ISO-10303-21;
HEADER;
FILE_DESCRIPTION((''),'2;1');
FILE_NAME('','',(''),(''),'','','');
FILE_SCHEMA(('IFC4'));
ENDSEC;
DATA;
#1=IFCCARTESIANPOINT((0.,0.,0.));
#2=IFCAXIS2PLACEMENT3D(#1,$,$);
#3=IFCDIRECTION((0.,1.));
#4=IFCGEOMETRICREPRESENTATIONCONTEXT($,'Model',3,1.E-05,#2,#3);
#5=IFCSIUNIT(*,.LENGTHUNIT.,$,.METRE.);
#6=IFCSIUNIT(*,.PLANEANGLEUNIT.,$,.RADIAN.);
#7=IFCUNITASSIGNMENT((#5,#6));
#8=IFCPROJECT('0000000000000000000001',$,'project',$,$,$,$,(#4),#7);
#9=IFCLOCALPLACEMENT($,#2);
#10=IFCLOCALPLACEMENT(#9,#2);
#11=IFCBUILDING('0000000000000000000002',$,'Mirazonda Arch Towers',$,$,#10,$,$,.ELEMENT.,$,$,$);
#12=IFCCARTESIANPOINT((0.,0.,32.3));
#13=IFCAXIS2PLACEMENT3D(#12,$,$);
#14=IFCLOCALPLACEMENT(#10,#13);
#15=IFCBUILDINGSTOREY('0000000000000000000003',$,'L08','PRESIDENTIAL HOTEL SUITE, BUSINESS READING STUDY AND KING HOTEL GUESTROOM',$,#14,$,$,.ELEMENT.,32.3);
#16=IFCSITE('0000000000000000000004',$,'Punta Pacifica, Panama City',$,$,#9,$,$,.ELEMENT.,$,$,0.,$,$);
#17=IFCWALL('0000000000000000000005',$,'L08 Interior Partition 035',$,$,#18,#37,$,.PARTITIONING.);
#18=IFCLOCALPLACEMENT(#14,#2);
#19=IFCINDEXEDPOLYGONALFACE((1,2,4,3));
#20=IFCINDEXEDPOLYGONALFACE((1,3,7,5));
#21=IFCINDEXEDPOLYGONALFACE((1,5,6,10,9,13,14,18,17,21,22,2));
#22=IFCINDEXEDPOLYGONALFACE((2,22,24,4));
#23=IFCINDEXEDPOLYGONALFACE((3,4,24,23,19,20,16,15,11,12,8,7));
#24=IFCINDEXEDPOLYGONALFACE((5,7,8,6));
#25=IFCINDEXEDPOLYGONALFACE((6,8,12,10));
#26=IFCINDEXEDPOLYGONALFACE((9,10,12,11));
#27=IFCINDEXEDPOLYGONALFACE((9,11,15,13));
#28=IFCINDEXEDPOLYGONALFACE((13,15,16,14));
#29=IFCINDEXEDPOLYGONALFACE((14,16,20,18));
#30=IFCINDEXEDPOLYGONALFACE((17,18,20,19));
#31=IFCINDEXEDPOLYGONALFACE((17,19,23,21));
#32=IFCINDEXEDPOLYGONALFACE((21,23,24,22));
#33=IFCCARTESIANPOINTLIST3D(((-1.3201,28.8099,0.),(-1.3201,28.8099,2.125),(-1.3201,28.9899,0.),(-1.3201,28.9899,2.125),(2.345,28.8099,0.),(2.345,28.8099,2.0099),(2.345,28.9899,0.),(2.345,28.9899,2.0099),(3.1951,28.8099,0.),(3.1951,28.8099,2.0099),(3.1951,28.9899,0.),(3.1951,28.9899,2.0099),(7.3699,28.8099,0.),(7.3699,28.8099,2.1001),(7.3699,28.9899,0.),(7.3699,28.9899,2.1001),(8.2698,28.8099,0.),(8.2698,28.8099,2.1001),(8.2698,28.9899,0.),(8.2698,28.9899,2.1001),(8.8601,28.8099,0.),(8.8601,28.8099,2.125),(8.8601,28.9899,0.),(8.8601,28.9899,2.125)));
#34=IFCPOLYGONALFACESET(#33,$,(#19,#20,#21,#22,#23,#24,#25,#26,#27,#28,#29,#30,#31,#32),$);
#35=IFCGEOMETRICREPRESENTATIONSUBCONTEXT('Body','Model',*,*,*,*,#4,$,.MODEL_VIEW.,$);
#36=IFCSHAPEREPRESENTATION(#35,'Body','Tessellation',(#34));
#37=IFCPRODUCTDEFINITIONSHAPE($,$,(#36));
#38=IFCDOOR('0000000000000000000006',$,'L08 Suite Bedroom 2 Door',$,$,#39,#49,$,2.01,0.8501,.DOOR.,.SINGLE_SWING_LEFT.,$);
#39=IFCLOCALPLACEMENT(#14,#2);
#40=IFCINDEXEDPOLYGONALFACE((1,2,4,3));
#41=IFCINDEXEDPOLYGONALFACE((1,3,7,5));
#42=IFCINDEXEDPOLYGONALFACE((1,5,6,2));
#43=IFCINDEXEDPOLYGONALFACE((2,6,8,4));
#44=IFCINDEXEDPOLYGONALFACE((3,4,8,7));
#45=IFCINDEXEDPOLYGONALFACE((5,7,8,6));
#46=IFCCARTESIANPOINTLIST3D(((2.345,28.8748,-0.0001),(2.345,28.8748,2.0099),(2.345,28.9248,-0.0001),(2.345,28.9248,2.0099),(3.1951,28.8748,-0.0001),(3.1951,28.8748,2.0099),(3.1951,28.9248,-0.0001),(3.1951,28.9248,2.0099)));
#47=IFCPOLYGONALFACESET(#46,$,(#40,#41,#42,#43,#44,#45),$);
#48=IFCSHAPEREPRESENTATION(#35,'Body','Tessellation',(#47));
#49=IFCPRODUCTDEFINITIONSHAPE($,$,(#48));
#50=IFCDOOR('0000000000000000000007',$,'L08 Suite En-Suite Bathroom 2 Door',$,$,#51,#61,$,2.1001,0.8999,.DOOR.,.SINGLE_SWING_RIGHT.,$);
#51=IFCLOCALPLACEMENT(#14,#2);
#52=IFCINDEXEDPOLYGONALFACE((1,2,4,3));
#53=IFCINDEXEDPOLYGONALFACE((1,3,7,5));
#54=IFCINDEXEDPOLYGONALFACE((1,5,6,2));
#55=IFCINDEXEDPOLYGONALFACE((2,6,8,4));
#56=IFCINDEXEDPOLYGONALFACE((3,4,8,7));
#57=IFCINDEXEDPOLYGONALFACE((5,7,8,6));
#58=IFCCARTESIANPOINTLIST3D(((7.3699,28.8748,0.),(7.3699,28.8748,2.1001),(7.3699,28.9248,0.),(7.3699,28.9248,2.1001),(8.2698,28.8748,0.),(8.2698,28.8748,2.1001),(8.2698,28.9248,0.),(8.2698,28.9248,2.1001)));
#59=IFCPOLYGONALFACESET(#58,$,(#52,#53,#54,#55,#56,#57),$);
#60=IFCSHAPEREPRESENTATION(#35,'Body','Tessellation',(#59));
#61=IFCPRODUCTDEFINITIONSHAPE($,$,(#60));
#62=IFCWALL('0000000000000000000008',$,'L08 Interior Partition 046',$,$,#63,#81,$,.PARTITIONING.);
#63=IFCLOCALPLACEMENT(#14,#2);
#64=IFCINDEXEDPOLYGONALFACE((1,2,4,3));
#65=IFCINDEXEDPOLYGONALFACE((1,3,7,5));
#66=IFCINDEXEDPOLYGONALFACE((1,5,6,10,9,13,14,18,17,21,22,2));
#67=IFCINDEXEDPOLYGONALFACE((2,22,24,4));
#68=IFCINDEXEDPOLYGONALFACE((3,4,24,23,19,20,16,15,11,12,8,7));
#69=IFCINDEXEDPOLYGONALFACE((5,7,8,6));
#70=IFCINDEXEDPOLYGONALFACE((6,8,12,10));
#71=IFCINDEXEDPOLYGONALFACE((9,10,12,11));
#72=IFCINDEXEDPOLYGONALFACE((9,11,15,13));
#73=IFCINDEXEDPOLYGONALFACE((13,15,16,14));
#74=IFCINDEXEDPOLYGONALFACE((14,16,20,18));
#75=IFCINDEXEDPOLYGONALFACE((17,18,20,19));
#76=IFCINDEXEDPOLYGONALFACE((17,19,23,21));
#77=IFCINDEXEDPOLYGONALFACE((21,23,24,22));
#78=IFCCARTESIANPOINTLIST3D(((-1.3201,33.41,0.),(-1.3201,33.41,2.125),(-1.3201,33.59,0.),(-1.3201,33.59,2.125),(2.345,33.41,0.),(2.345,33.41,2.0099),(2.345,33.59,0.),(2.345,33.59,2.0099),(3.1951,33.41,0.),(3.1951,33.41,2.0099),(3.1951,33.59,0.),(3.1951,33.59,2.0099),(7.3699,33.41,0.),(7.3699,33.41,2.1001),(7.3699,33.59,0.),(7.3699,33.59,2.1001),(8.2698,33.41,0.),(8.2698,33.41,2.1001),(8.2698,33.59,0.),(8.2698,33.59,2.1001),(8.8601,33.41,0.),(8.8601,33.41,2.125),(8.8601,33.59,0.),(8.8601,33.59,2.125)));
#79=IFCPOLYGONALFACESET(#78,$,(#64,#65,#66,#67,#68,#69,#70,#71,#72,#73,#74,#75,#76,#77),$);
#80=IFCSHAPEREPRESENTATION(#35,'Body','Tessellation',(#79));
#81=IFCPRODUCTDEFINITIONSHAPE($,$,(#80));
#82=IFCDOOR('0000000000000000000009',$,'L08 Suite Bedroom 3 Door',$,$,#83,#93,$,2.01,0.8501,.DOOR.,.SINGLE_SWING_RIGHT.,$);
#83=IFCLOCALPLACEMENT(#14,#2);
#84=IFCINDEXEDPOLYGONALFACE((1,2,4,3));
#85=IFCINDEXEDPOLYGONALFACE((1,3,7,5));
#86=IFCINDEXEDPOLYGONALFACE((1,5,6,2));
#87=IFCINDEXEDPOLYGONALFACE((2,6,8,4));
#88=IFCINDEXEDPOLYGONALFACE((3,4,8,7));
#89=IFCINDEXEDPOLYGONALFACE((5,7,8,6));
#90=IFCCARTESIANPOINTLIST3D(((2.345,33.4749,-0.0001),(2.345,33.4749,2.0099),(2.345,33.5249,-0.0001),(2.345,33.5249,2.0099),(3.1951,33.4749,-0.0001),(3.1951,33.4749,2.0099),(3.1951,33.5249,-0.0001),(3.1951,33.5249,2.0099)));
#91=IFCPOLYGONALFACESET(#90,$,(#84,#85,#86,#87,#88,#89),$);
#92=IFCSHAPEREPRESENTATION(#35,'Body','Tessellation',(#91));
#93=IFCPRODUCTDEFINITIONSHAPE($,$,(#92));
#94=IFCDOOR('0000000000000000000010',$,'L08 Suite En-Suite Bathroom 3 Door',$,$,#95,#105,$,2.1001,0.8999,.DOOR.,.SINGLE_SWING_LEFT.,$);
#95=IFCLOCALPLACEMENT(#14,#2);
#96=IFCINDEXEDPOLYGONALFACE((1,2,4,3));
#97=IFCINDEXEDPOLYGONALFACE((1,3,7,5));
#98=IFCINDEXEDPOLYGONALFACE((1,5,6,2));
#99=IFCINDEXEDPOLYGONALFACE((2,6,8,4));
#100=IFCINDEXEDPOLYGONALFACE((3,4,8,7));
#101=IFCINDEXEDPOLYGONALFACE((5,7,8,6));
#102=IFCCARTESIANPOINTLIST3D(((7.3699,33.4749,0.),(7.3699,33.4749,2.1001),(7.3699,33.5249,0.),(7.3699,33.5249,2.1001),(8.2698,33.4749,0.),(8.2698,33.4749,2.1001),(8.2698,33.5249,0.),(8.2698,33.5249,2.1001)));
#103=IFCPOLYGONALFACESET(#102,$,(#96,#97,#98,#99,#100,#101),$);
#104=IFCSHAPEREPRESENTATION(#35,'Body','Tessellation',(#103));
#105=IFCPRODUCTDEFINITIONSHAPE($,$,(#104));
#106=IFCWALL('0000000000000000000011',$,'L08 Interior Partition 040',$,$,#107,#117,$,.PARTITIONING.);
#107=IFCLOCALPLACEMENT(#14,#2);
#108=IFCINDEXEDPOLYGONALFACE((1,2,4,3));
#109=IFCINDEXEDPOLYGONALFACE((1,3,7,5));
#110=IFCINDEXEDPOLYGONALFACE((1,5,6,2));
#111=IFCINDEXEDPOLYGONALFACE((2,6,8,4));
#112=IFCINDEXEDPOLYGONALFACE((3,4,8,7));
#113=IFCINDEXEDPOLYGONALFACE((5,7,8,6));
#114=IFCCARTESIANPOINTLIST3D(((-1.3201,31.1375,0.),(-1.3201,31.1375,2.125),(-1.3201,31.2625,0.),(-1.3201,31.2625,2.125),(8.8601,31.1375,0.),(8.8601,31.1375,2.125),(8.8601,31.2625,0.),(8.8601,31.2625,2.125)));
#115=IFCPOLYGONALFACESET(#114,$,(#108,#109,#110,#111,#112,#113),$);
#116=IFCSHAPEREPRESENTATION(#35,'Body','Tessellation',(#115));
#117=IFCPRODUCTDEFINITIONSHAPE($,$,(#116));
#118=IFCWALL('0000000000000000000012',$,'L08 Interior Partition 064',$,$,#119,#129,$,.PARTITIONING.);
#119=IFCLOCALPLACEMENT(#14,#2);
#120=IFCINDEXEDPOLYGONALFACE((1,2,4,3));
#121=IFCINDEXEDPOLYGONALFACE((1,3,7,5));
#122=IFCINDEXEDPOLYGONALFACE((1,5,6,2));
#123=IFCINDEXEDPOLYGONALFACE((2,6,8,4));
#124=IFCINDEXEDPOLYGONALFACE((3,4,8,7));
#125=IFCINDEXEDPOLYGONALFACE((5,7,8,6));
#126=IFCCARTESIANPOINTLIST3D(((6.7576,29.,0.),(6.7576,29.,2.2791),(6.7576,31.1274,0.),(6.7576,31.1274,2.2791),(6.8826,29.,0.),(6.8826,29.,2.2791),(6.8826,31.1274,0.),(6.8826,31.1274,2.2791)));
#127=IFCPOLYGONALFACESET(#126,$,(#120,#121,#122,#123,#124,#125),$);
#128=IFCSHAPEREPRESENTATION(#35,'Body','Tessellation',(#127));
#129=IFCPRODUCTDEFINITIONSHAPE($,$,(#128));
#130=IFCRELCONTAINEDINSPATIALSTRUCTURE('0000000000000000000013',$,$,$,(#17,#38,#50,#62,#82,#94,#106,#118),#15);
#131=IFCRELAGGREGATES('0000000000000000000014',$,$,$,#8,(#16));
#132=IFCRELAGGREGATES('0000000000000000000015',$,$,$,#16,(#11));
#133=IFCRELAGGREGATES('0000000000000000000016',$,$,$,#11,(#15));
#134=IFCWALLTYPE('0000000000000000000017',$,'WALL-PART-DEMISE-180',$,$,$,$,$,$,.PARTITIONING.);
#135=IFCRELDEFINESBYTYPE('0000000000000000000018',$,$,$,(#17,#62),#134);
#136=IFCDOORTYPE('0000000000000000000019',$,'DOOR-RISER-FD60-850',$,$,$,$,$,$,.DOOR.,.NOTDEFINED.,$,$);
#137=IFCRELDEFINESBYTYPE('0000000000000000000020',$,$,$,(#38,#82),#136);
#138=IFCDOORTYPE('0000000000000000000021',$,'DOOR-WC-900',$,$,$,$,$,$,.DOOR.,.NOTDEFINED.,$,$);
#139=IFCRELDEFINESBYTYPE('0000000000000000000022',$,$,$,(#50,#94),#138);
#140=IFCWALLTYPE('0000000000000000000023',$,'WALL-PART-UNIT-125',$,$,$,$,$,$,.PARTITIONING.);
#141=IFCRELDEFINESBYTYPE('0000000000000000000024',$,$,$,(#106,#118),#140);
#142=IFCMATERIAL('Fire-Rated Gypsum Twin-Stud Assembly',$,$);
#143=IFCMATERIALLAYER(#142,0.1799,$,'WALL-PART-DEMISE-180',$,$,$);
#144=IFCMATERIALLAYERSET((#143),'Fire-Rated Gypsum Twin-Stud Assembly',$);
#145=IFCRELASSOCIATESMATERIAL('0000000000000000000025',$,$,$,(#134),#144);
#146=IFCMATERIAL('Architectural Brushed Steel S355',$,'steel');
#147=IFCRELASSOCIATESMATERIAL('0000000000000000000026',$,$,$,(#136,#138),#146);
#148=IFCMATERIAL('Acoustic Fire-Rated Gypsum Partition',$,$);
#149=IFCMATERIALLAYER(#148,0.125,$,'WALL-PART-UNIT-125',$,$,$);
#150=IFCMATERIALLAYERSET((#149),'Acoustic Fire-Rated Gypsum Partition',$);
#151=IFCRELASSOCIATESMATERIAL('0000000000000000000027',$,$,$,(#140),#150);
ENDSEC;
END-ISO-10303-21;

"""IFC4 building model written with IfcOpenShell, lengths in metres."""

from ifc_helpers import new_model, si_unit, direction, frame, frame_2d, origin, place, context, subcontext, project, spatial, rectangle, extrude, material, layer, layer_set, type_object, element, fill, save


model = new_model("IFC4")

# Units and contexts
model_context = context("Model", 3, precision=1e-05, world=origin(), true_north=direction((0.0, 1.0)))
body_context = subcontext(model_context, "Body", "Model", "MODEL_VIEW")
ifc_project = project(units=[si_unit("LENGTHUNIT", "METRE"), si_unit("PLANEANGLEUNIT", "RADIAN")], contexts=[model_context])

# Site, building, storey
site_placement = place(None, origin())
site = spatial("IfcSite", under=ifc_project, at=site_placement, Name="Punta Pacifica, Panama City", CompositionType="ELEMENT", RefElevation=0.0)
building_placement = place(site_placement, origin())
building = spatial("IfcBuilding", under=site, at=building_placement, Name="Mirazonda Arch Towers", CompositionType="ELEMENT")
storey_placement = place(building_placement, frame((0.0, 0.0, 32.3)))
storey = spatial("IfcBuildingStorey", under=building, at=storey_placement, Name="L08", Description="PRESIDENTIAL HOTEL SUITE, BUSINESS READING STUDY AND KING HOTEL GUESTROOM", CompositionType="ELEMENT", Elevation=32.3)

# Walls, openings, doors
ifc_material_1 = material(Name="Fire-Rated Gypsum Twin-Stud Assembly")
ifc_layer_1 = layer(ifc_material_1, 0.1799, Name="WALL-PART-DEMISE-180")
ifc_layer_set_1 = layer_set([ifc_layer_1], Name="Fire-Rated Gypsum Twin-Stud Assembly")
wall_type_1 = type_object("IfcWallType", Name="WALL-PART-DEMISE-180", PredefinedType="PARTITIONING", material=ifc_layer_set_1)
wall_1_placement = place(storey_placement, frame((-1.3201, 28.8999, 0.0), z_axis=(0.0, 0.0, 1.0), x_axis=(1.0, 0.0, 0.0)))
wall_1 = element("IfcWall", 1, at=wall_1_placement, inside=storey, type_object=wall_type_1, Name="L08 Interior Partition 035", PredefinedType="PARTITIONING", context=body_context, shape_type="SweptSolid", body=[
    extrude(rectangle(XDim=10.1802, YDim=0.1799, at=frame_2d((5.0901, 0.0))), origin(), (0.0, 0.0, 1.0), 2.125),
])
opening_1_placement = place(wall_1_placement, frame((3.665, 0.0, 0.0)))
opening_1 = element("IfcOpeningElement", 2, at=opening_1_placement, cuts=wall_1, PredefinedType="OPENING", context=body_context, shape_type="SweptSolid", body=[
    extrude(rectangle(XDim=0.8501, YDim=2.01, at=frame_2d((0.425, 1.0049))), frame((0.0, 0.0999, 0.0), z_axis=(0.0, -1.0, 0.0), x_axis=(1.0, 0.0, 0.0)), (0.0, 0.0, 1.0), 0.2),
])
opening_2_placement = place(wall_1_placement, frame((8.6899, 0.0, 0.0)))
opening_2 = element("IfcOpeningElement", 3, at=opening_2_placement, cuts=wall_1, PredefinedType="OPENING", context=body_context, shape_type="SweptSolid", body=[
    extrude(rectangle(XDim=0.8999, YDim=2.1001, at=frame_2d((0.45, 1.05))), frame((0.0, 0.0999, 0.0), z_axis=(0.0, -1.0, 0.0), x_axis=(1.0, 0.0, 0.0)), (0.0, 0.0, 1.0), 0.2),
])
ifc_material_2 = material(Name="Architectural Brushed Steel S355", Category="steel")
door_type_1 = type_object("IfcDoorType", Name="DOOR-RISER-FD60-850", OperationType="NOTDEFINED", PredefinedType="DOOR", material=ifc_material_2)
door_1_placement = place(opening_1_placement, origin())
door_1 = element("IfcDoor", 4, at=door_1_placement, inside=storey, type_object=door_type_1, Name="L08 Suite Bedroom 2 Door", OperationType="SINGLE_SWING_LEFT", OverallHeight=2.01, OverallWidth=0.8501, PredefinedType="DOOR", context=body_context, shape_type="SweptSolid", body=[
    extrude(rectangle(XDim=0.8501, YDim=2.01, at=frame_2d((0.425, 1.0049))), frame((0.0, 0.0249, 0.0), z_axis=(0.0, -1.0, 0.0), x_axis=(1.0, 0.0, 0.0)), (0.0, 0.0, 1.0), 0.05),
])
fill(opening_1, door_1)
door_type_2 = type_object("IfcDoorType", Name="DOOR-WC-900", OperationType="NOTDEFINED", PredefinedType="DOOR", material=ifc_material_2)
door_2_placement = place(opening_2_placement, origin())
door_2 = element("IfcDoor", 5, at=door_2_placement, inside=storey, type_object=door_type_2, Name="L08 Suite En-Suite Bathroom 2 Door", OperationType="SINGLE_SWING_RIGHT", OverallHeight=2.1001, OverallWidth=0.8999, PredefinedType="DOOR", context=body_context, shape_type="SweptSolid", body=[
    extrude(rectangle(XDim=0.8999, YDim=2.1001, at=frame_2d((0.45, 1.05))), frame((0.0, 0.0249, 0.0), z_axis=(0.0, -1.0, 0.0), x_axis=(1.0, 0.0, 0.0)), (0.0, 0.0, 1.0), 0.05),
])
fill(opening_2, door_2)
wall_2_placement = place(storey_placement, frame((-1.3201, 33.5, 0.0), z_axis=(0.0, 0.0, 1.0), x_axis=(1.0, 0.0, 0.0)))
wall_2 = element("IfcWall", 6, at=wall_2_placement, inside=storey, type_object=wall_type_1, Name="L08 Interior Partition 046", PredefinedType="PARTITIONING", context=body_context, shape_type="SweptSolid", body=[
    extrude(rectangle(XDim=10.1802, YDim=0.1799, at=frame_2d((5.0901, 0.0))), origin(), (0.0, 0.0, 1.0), 2.125),
])
opening_3_placement = place(wall_2_placement, frame((3.665, 0.0, 0.0)))
opening_3 = element("IfcOpeningElement", 7, at=opening_3_placement, cuts=wall_2, PredefinedType="OPENING", context=body_context, shape_type="SweptSolid", body=[
    extrude(rectangle(XDim=0.8501, YDim=2.01, at=frame_2d((0.425, 1.0049))), frame((0.0, 0.0999, 0.0), z_axis=(0.0, -1.0, 0.0), x_axis=(1.0, 0.0, 0.0)), (0.0, 0.0, 1.0), 0.2),
])
opening_4_placement = place(wall_2_placement, frame((8.6899, 0.0, 0.0)))
opening_4 = element("IfcOpeningElement", 8, at=opening_4_placement, cuts=wall_2, PredefinedType="OPENING", context=body_context, shape_type="SweptSolid", body=[
    extrude(rectangle(XDim=0.8999, YDim=2.1001, at=frame_2d((0.45, 1.05))), frame((0.0, 0.0999, 0.0), z_axis=(0.0, -1.0, 0.0), x_axis=(1.0, 0.0, 0.0)), (0.0, 0.0, 1.0), 0.2),
])
door_3_placement = place(opening_3_placement, origin())
door_3 = element("IfcDoor", 9, at=door_3_placement, inside=storey, type_object=door_type_1, Name="L08 Suite Bedroom 3 Door", OperationType="SINGLE_SWING_RIGHT", OverallHeight=2.01, OverallWidth=0.8501, PredefinedType="DOOR", context=body_context, shape_type="SweptSolid", body=[
    extrude(rectangle(XDim=0.8501, YDim=2.01, at=frame_2d((0.425, 1.0049))), frame((0.0, 0.0249, 0.0), z_axis=(0.0, -1.0, 0.0), x_axis=(1.0, 0.0, 0.0)), (0.0, 0.0, 1.0), 0.05),
])
fill(opening_3, door_3)
door_4_placement = place(opening_4_placement, origin())
door_4 = element("IfcDoor", 10, at=door_4_placement, inside=storey, type_object=door_type_2, Name="L08 Suite En-Suite Bathroom 3 Door", OperationType="SINGLE_SWING_LEFT", OverallHeight=2.1001, OverallWidth=0.8999, PredefinedType="DOOR", context=body_context, shape_type="SweptSolid", body=[
    extrude(rectangle(XDim=0.8999, YDim=2.1001, at=frame_2d((0.45, 1.05))), frame((0.0, 0.0249, 0.0), z_axis=(0.0, -1.0, 0.0), x_axis=(1.0, 0.0, 0.0)), (0.0, 0.0, 1.0), 0.05),
])
fill(opening_4, door_4)

# Walls
ifc_material_3 = material(Name="Acoustic Fire-Rated Gypsum Partition")
ifc_layer_2 = layer(ifc_material_3, 0.125, Name="WALL-PART-UNIT-125")
ifc_layer_set_2 = layer_set([ifc_layer_2], Name="Acoustic Fire-Rated Gypsum Partition")
wall_type_2 = type_object("IfcWallType", Name="WALL-PART-UNIT-125", PredefinedType="PARTITIONING", material=ifc_layer_set_2)
wall_3_placement = place(storey_placement, frame((-1.3201, 31.2, 0.0), z_axis=(0.0, 0.0, 1.0), x_axis=(1.0, 0.0, 0.0)))
element("IfcWall", 11, at=wall_3_placement, inside=storey, type_object=wall_type_2, Name="L08 Interior Partition 040", PredefinedType="PARTITIONING", context=body_context, shape_type="SweptSolid", body=[
    extrude(rectangle(XDim=10.1802, YDim=0.125, at=frame_2d((5.0901, 0.0))), origin(), (0.0, 0.0, 1.0), 2.125),
])
wall_4_placement = place(storey_placement, frame((6.8201, 29.0, 0.0), z_axis=(0.0, 0.0, 1.0), x_axis=(0.0, 1.0, 0.0)))
element("IfcWall", 12, at=wall_4_placement, inside=storey, type_object=wall_type_2, Name="L08 Interior Partition 064", PredefinedType="PARTITIONING", context=body_context, shape_type="SweptSolid", body=[
    extrude(rectangle(XDim=2.1274, YDim=0.125, at=frame_2d((1.0637, 0.0))), origin(), (0.0, 0.0, 1.0), 2.2791),
])

save(model, "model.ifc")
